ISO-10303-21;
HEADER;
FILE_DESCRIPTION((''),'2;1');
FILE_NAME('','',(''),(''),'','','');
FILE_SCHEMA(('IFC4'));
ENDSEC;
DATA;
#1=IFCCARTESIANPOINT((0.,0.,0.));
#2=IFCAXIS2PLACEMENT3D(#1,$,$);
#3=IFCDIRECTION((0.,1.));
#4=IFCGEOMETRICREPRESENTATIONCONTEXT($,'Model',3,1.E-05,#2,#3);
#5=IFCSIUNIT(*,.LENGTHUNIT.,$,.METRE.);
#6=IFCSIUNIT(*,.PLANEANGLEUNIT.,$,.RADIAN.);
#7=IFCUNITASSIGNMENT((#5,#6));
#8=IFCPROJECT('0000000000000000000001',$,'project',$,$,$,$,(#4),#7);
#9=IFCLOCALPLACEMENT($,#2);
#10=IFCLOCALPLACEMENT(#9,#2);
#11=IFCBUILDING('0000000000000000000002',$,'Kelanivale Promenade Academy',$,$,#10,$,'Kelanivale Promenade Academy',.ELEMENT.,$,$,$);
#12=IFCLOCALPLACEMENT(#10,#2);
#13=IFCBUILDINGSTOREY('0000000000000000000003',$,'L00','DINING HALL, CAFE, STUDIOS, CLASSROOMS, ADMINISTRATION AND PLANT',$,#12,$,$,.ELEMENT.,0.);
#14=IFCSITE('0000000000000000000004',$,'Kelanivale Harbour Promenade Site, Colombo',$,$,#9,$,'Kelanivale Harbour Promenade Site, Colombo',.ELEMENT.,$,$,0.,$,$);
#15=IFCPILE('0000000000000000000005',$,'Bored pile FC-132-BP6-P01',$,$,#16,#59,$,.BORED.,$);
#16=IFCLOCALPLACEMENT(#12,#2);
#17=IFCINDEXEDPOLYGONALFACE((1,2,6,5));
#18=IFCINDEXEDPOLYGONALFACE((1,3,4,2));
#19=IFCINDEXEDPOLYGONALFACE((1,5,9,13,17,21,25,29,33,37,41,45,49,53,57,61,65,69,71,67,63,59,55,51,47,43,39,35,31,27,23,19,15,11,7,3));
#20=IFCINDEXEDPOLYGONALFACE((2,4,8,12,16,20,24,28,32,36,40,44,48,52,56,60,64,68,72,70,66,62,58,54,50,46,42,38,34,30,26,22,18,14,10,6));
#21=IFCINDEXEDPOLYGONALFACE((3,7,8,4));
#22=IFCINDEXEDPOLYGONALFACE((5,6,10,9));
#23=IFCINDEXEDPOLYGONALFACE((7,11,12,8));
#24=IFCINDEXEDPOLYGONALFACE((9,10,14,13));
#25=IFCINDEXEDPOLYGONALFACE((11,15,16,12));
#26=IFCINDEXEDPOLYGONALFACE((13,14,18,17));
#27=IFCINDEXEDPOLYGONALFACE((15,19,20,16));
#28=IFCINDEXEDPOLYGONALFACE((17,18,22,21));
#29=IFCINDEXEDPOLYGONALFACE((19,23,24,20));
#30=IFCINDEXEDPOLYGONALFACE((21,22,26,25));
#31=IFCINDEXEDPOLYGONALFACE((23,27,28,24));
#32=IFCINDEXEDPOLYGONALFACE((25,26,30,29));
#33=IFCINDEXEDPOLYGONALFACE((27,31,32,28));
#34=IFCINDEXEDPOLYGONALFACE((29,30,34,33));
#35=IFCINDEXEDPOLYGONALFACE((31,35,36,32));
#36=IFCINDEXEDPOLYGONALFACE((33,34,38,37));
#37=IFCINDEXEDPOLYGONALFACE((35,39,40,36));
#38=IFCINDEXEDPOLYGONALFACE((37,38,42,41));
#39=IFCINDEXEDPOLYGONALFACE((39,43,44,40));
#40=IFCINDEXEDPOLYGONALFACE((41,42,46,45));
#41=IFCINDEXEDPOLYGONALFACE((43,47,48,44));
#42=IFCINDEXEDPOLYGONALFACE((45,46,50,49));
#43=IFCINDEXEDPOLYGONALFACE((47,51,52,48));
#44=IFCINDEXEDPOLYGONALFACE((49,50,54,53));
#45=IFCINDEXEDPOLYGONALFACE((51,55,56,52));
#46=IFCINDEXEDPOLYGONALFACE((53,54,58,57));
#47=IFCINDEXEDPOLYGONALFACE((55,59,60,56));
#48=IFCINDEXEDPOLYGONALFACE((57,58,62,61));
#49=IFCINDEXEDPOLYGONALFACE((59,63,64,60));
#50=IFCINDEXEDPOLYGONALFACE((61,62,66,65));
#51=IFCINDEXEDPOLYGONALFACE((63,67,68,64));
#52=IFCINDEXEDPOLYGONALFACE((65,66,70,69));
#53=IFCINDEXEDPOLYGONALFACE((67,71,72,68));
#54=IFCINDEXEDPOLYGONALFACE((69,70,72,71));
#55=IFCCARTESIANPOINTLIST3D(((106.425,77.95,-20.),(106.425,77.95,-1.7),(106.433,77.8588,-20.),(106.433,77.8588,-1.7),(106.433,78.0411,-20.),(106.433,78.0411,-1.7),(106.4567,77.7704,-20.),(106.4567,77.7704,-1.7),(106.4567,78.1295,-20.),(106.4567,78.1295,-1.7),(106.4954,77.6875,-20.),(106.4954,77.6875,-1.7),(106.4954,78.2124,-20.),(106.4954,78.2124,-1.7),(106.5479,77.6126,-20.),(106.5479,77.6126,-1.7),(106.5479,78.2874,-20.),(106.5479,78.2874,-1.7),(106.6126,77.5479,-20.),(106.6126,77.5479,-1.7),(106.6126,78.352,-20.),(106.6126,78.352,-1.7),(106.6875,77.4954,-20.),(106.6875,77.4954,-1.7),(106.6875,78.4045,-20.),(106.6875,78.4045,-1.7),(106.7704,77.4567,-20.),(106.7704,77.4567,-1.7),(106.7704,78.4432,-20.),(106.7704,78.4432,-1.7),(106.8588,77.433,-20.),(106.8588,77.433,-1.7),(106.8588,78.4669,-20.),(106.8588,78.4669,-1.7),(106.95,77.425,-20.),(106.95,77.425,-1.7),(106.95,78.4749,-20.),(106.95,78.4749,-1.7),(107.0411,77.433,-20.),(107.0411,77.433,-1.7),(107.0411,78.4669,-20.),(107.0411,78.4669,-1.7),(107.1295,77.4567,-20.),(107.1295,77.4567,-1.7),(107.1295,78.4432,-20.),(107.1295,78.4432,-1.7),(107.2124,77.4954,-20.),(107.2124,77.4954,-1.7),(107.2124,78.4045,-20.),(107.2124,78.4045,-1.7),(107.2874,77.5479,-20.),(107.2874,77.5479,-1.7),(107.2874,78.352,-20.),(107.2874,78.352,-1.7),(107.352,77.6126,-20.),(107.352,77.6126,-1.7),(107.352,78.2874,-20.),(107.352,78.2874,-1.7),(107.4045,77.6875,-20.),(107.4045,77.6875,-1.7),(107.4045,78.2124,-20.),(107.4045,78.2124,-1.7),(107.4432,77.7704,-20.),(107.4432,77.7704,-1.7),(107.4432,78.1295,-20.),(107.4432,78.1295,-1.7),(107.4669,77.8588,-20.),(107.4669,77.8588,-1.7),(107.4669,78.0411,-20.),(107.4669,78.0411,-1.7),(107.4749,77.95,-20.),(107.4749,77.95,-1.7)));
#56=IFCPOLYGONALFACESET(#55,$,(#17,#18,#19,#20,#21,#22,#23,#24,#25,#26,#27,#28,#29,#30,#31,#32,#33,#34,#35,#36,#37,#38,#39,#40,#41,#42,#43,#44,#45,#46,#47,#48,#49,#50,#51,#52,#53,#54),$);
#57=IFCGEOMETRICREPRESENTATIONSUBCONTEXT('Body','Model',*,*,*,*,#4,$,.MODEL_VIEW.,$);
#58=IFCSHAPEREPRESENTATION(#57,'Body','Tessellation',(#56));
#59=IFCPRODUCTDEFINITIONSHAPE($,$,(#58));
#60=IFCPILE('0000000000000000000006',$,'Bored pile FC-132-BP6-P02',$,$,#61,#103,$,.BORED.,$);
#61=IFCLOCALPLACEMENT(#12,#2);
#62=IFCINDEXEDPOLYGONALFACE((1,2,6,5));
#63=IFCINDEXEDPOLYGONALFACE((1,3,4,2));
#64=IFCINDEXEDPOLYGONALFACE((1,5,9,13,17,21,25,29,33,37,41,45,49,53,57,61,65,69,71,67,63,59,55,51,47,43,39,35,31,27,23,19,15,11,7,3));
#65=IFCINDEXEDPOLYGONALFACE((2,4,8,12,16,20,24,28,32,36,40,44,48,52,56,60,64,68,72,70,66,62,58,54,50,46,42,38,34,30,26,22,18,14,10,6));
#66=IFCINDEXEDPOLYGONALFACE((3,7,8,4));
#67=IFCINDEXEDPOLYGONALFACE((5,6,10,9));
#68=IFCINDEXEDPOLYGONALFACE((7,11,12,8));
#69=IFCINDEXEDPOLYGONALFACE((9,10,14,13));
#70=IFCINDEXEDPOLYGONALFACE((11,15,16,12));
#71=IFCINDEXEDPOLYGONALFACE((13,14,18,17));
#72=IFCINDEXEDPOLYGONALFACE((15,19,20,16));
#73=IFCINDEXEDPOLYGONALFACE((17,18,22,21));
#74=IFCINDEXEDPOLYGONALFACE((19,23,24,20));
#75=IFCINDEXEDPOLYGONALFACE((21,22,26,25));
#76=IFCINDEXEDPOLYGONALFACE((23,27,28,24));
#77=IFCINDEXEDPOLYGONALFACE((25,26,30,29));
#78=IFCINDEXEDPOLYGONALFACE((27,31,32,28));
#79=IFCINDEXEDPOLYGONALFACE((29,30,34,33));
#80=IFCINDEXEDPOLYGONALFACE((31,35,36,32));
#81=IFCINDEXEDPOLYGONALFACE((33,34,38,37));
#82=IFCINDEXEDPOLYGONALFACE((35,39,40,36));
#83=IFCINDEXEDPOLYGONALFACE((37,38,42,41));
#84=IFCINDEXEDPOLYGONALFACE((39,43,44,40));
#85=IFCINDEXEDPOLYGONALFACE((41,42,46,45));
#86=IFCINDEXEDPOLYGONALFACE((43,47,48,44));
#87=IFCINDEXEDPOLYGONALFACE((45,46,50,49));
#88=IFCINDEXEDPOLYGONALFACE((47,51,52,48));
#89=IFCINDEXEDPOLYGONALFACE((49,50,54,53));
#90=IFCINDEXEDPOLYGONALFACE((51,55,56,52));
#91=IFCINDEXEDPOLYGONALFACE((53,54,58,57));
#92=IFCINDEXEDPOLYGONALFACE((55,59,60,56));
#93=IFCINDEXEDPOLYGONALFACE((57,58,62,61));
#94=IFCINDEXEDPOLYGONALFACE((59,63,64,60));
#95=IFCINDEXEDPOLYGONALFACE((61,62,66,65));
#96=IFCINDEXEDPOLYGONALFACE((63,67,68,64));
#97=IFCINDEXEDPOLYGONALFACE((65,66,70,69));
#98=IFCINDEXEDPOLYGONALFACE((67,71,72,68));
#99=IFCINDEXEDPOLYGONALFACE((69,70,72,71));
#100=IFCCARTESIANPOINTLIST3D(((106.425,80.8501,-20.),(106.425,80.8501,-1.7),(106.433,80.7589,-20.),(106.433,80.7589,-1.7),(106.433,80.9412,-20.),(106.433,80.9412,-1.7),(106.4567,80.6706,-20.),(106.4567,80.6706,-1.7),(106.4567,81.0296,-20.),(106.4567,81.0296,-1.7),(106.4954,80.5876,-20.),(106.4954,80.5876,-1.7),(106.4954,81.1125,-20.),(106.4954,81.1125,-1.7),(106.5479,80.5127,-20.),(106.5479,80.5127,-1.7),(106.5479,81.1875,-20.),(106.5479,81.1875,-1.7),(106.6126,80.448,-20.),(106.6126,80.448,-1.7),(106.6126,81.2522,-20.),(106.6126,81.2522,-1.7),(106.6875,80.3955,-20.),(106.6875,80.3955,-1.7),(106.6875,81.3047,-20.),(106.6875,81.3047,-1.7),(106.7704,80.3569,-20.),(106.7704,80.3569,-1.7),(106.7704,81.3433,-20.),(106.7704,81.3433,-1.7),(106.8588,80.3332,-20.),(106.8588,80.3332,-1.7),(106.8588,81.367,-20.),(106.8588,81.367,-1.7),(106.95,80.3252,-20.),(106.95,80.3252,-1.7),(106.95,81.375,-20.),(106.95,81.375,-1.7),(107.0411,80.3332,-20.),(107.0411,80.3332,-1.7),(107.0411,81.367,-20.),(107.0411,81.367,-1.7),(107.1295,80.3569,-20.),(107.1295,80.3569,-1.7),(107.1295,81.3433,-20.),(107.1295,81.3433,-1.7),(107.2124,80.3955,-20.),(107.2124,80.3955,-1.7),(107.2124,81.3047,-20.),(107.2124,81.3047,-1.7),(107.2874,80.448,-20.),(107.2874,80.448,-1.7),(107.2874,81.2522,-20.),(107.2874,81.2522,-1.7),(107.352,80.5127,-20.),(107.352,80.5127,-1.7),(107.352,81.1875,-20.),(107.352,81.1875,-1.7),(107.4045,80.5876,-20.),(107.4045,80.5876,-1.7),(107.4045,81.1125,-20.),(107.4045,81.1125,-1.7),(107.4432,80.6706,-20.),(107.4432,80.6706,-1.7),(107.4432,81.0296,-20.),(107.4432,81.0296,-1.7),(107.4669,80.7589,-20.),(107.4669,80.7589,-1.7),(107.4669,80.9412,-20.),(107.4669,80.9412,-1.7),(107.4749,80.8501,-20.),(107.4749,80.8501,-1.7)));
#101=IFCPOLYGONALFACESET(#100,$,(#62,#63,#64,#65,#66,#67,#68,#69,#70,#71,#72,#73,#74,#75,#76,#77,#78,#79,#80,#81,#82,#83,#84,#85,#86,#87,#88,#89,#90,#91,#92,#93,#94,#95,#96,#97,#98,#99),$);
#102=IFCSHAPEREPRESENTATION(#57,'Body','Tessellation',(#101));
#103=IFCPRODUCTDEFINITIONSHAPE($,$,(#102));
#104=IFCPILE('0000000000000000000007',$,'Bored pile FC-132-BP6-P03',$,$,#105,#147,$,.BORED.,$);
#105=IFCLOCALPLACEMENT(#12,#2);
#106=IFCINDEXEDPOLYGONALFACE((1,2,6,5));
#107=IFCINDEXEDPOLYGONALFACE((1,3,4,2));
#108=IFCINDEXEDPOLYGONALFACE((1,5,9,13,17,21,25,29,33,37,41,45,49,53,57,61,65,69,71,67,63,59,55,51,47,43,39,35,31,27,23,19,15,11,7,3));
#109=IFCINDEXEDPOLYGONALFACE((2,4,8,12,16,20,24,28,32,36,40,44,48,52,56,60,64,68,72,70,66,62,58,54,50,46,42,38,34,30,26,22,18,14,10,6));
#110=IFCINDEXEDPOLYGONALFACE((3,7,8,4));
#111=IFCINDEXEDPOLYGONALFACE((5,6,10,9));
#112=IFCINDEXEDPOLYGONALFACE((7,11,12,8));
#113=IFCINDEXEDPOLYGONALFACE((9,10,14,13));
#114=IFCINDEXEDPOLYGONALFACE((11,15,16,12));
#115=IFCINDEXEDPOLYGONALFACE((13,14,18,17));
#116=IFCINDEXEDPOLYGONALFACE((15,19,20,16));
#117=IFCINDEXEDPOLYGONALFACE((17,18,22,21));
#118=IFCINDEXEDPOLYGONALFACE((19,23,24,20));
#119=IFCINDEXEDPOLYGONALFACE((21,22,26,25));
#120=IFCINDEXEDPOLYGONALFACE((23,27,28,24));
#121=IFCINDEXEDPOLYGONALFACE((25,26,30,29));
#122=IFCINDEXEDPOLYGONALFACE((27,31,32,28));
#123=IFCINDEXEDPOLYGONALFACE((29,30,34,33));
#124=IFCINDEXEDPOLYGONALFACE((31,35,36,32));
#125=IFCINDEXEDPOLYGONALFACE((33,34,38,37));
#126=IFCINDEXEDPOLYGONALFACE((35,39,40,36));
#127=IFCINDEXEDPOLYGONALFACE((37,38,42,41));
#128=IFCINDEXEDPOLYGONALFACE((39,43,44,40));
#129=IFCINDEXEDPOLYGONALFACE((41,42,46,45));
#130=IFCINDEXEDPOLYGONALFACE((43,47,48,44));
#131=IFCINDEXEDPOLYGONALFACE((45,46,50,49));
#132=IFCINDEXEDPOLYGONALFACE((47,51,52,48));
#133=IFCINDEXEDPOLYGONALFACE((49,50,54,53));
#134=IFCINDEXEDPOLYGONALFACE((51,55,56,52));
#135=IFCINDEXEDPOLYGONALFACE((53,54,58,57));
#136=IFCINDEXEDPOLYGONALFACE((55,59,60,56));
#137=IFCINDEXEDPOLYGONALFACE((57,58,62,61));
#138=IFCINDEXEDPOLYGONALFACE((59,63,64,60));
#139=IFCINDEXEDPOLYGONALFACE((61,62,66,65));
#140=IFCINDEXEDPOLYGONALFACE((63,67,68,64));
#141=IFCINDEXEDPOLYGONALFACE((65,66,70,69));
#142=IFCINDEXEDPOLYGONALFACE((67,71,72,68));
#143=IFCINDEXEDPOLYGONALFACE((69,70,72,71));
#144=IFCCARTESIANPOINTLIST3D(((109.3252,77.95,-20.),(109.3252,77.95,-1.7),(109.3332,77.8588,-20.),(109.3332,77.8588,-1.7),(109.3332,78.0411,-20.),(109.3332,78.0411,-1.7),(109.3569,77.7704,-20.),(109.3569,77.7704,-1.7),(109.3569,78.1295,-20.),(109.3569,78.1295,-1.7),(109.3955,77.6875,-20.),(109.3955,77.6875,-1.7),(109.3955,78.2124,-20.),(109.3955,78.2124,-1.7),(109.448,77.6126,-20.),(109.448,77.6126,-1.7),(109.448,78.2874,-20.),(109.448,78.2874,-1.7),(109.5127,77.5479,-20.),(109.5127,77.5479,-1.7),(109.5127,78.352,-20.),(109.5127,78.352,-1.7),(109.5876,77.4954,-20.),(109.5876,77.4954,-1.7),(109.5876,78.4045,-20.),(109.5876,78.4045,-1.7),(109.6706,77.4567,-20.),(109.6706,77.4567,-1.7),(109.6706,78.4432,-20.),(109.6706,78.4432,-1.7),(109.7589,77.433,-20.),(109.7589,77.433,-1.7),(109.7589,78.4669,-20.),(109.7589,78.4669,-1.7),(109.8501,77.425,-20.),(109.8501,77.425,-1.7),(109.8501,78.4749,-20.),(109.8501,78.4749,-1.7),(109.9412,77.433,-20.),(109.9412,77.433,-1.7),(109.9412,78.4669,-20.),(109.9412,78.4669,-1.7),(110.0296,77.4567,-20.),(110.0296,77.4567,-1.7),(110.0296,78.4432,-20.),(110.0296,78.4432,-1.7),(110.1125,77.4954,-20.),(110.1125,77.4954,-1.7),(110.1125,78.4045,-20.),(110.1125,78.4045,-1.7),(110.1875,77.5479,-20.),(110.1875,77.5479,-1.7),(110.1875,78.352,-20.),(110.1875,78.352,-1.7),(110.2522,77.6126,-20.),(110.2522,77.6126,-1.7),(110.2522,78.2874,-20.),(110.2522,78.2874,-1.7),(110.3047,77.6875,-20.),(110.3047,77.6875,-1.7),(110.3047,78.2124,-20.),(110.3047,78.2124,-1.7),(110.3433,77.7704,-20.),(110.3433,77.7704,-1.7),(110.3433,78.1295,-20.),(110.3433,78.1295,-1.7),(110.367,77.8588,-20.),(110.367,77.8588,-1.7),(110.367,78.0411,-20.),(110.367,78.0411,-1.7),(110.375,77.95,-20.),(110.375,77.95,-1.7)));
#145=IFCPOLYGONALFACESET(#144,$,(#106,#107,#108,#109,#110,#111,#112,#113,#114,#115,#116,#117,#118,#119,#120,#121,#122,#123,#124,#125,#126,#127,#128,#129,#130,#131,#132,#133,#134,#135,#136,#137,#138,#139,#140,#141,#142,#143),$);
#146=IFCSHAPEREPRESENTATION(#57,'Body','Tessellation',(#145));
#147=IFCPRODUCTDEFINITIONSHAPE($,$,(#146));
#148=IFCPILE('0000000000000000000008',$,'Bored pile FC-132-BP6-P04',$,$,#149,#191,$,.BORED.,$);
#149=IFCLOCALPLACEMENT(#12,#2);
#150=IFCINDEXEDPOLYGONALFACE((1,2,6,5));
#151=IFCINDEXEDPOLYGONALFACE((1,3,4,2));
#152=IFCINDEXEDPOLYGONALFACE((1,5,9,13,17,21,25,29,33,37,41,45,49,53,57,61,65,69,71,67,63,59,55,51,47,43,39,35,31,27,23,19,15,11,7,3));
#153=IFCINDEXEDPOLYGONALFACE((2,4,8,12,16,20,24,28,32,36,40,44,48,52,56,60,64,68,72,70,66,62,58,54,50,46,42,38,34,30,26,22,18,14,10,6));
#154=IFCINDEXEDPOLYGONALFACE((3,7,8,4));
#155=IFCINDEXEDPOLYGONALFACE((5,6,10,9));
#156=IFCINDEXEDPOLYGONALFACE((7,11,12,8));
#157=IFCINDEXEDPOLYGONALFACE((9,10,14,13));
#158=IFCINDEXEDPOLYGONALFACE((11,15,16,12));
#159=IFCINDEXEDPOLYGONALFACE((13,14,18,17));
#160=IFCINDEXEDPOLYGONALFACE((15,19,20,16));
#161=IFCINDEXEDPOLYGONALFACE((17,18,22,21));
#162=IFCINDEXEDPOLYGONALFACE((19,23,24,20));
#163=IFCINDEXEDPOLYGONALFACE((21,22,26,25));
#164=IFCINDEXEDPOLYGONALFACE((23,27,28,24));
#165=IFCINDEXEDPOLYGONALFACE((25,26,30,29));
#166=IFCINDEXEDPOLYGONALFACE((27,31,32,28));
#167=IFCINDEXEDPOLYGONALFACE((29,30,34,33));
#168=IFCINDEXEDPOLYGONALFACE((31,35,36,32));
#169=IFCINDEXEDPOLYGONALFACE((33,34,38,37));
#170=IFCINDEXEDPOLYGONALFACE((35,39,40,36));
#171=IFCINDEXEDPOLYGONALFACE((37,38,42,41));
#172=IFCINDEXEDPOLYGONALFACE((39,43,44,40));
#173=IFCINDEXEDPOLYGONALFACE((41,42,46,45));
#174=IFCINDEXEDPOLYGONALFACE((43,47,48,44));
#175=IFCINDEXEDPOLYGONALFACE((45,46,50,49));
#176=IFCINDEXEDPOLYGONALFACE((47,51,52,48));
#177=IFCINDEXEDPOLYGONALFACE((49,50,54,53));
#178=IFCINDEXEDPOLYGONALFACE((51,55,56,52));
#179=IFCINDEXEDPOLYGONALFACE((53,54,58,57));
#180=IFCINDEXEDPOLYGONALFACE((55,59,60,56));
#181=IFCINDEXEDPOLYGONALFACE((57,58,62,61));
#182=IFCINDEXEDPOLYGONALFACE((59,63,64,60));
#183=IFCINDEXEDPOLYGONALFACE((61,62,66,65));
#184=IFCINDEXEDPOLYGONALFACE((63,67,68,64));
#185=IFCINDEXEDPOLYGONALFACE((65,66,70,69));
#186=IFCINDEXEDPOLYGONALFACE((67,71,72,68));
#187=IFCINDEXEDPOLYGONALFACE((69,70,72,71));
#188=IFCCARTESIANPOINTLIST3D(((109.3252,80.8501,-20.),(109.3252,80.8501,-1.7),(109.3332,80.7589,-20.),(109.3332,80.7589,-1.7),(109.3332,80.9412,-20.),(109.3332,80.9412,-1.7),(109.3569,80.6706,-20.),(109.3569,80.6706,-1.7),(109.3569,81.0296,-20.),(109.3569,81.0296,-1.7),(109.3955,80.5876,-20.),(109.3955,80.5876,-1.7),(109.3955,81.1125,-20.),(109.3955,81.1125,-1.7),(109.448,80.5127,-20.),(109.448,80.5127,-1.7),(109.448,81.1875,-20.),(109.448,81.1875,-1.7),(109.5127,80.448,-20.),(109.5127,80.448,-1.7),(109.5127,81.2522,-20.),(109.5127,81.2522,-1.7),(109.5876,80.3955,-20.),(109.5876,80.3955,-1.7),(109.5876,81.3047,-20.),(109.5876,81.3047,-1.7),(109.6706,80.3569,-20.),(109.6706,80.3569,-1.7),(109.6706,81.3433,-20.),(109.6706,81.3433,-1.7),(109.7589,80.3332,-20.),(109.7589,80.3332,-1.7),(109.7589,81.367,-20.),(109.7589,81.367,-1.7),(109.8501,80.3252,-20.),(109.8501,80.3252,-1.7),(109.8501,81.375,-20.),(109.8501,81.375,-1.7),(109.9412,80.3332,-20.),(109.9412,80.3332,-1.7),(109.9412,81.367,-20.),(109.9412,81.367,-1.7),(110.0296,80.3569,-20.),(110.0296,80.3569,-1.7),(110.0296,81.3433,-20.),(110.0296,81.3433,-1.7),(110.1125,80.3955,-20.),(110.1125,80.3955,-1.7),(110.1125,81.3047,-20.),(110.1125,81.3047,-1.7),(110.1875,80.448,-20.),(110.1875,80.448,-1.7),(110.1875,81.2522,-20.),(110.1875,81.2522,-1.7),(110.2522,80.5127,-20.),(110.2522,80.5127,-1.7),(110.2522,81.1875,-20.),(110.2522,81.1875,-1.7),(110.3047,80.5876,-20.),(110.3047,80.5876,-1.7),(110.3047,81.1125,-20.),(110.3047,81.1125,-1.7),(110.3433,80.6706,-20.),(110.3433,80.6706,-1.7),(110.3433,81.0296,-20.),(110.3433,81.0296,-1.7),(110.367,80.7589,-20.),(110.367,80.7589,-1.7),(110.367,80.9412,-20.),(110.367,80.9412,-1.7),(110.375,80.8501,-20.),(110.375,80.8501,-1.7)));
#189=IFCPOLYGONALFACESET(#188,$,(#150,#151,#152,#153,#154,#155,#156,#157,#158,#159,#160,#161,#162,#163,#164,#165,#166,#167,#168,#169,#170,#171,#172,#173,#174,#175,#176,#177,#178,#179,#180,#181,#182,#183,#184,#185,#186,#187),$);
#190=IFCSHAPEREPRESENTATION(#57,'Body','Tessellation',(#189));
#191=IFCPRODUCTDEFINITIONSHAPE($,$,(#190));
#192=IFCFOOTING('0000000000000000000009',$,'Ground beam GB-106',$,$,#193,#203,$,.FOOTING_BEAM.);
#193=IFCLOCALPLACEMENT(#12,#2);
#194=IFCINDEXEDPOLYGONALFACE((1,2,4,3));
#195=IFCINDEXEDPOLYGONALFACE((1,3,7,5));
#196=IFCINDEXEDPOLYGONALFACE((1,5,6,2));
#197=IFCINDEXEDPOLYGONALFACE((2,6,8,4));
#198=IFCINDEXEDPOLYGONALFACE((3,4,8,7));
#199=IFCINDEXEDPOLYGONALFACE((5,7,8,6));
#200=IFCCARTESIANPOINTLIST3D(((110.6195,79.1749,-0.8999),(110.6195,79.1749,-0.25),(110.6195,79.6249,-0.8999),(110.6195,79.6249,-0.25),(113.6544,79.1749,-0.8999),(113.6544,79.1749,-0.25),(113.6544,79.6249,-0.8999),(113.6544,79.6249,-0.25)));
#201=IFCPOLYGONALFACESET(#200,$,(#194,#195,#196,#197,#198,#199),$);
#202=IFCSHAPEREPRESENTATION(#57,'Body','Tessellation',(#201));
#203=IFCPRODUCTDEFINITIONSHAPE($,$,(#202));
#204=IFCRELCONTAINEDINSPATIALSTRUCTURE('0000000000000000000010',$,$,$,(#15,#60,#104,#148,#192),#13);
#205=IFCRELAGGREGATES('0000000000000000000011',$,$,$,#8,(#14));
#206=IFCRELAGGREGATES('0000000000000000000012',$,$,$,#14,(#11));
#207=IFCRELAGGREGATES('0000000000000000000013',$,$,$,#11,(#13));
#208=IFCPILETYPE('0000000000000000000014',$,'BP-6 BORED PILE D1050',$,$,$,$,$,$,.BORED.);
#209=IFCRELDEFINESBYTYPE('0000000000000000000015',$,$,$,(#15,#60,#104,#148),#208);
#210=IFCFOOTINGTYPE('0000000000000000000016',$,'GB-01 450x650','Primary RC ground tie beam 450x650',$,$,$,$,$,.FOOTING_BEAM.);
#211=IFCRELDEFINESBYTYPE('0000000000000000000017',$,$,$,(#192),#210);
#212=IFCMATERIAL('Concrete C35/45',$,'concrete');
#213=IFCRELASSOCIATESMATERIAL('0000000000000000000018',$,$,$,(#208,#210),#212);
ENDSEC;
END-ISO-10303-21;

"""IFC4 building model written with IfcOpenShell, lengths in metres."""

from ifc_helpers import new_model, si_unit, direction, frame, origin, origin_2d, place, context, subcontext, project, spatial, rectangle, circle, extrude, material, material_profile, profile_set, type_object, element, save


model = new_model("IFC4")

# Units and contexts
model_context = context("Model", 3, precision=1e-05, world=origin(), true_north=direction((0.0, 1.0)))
body_context = subcontext(model_context, "Body", "Model", "MODEL_VIEW")
ifc_project = project(units=[si_unit("LENGTHUNIT", "METRE"), si_unit("PLANEANGLEUNIT", "RADIAN")], contexts=[model_context])

# Site, building, storey
site_placement = place(None, origin())
site = spatial("IfcSite", under=ifc_project, at=site_placement, Name="Kelanivale Harbour Promenade Site, Colombo", LongName="Kelanivale Harbour Promenade Site, Colombo", CompositionType="ELEMENT", RefElevation=0.0)
building_placement = place(site_placement, origin())
building = spatial("IfcBuilding", under=site, at=building_placement, Name="Kelanivale Promenade Academy", LongName="Kelanivale Promenade Academy", CompositionType="ELEMENT")
storey_placement = place(building_placement, origin())
storey = spatial("IfcBuildingStorey", under=building, at=storey_placement, Name="L00", Description="DINING HALL, CAFE, STUDIOS, CLASSROOMS, ADMINISTRATION AND PLANT", CompositionType="ELEMENT", Elevation=0.0)

# Piles
ifc_material_1 = material(Name="Concrete C35/45", Category="concrete")
ifc_material_profile_1 = material_profile(ifc_material_1, circle(Radius=0.5249, at=origin_2d()), Name="BORED PILE D1050")
ifc_profile_set_1 = profile_set([ifc_material_profile_1], Name="Concrete C35/45")
pile_type_1 = type_object("IfcPileType", Name="BP-6 BORED PILE D1050", PredefinedType="BORED", material=ifc_profile_set_1)
for number, where, z_axis, x_axis, name in (
    (1, (106.95, 77.95, -1.7), (0.0, 0.0, -1.0), (1.0, 0.0, 0.0), "Bored pile FC-132-BP6-P01"),
    (2, (106.95, 80.8501, -1.7), (0.0, 0.0, -1.0), (1.0, 0.0, 0.0), "Bored pile FC-132-BP6-P02"),
    (3, (109.8501, 77.95, -1.7), (0.0, 0.0, -1.0), (1.0, 0.0, 0.0), "Bored pile FC-132-BP6-P03"),
    (4, (109.8501, 80.8501, -1.7), (0.0, 0.0, -1.0), (1.0, 0.0, 0.0), "Bored pile FC-132-BP6-P04"),
):
    element("IfcPile", number, at=place(storey_placement, frame(where, z_axis=z_axis, x_axis=x_axis)), inside=storey, type_object=pile_type_1, Name=name, PredefinedType="BORED", context=body_context, shape_type="SweptSolid", body=[
        extrude(circle(Radius=0.5249, at=origin_2d()), origin(), (0.0, 0.0, 1.0), 18.3),
    ])

# Footing
footing_type_1 = type_object("IfcFootingType", Name="GB-01 450x650", Description="Primary RC ground tie beam 450x650", PredefinedType="FOOTING_BEAM", material=ifc_material_1)
footing_1_placement = place(storey_placement, frame((112.137, 79.3999, -0.8999), z_axis=(0.0, 0.0, 1.0), x_axis=(1.0, 0.0, 0.0)))
element("IfcFooting", 5, at=footing_1_placement, inside=storey, type_object=footing_type_1, Name="Ground beam GB-106", PredefinedType="FOOTING_BEAM", context=body_context, shape_type="SweptSolid", body=[
    extrude(rectangle(XDim=3.0349, YDim=0.45, at=origin_2d()), origin(), (0.0, 0.0, 1.0), 0.6499),
])

save(model, "model.ifc")
